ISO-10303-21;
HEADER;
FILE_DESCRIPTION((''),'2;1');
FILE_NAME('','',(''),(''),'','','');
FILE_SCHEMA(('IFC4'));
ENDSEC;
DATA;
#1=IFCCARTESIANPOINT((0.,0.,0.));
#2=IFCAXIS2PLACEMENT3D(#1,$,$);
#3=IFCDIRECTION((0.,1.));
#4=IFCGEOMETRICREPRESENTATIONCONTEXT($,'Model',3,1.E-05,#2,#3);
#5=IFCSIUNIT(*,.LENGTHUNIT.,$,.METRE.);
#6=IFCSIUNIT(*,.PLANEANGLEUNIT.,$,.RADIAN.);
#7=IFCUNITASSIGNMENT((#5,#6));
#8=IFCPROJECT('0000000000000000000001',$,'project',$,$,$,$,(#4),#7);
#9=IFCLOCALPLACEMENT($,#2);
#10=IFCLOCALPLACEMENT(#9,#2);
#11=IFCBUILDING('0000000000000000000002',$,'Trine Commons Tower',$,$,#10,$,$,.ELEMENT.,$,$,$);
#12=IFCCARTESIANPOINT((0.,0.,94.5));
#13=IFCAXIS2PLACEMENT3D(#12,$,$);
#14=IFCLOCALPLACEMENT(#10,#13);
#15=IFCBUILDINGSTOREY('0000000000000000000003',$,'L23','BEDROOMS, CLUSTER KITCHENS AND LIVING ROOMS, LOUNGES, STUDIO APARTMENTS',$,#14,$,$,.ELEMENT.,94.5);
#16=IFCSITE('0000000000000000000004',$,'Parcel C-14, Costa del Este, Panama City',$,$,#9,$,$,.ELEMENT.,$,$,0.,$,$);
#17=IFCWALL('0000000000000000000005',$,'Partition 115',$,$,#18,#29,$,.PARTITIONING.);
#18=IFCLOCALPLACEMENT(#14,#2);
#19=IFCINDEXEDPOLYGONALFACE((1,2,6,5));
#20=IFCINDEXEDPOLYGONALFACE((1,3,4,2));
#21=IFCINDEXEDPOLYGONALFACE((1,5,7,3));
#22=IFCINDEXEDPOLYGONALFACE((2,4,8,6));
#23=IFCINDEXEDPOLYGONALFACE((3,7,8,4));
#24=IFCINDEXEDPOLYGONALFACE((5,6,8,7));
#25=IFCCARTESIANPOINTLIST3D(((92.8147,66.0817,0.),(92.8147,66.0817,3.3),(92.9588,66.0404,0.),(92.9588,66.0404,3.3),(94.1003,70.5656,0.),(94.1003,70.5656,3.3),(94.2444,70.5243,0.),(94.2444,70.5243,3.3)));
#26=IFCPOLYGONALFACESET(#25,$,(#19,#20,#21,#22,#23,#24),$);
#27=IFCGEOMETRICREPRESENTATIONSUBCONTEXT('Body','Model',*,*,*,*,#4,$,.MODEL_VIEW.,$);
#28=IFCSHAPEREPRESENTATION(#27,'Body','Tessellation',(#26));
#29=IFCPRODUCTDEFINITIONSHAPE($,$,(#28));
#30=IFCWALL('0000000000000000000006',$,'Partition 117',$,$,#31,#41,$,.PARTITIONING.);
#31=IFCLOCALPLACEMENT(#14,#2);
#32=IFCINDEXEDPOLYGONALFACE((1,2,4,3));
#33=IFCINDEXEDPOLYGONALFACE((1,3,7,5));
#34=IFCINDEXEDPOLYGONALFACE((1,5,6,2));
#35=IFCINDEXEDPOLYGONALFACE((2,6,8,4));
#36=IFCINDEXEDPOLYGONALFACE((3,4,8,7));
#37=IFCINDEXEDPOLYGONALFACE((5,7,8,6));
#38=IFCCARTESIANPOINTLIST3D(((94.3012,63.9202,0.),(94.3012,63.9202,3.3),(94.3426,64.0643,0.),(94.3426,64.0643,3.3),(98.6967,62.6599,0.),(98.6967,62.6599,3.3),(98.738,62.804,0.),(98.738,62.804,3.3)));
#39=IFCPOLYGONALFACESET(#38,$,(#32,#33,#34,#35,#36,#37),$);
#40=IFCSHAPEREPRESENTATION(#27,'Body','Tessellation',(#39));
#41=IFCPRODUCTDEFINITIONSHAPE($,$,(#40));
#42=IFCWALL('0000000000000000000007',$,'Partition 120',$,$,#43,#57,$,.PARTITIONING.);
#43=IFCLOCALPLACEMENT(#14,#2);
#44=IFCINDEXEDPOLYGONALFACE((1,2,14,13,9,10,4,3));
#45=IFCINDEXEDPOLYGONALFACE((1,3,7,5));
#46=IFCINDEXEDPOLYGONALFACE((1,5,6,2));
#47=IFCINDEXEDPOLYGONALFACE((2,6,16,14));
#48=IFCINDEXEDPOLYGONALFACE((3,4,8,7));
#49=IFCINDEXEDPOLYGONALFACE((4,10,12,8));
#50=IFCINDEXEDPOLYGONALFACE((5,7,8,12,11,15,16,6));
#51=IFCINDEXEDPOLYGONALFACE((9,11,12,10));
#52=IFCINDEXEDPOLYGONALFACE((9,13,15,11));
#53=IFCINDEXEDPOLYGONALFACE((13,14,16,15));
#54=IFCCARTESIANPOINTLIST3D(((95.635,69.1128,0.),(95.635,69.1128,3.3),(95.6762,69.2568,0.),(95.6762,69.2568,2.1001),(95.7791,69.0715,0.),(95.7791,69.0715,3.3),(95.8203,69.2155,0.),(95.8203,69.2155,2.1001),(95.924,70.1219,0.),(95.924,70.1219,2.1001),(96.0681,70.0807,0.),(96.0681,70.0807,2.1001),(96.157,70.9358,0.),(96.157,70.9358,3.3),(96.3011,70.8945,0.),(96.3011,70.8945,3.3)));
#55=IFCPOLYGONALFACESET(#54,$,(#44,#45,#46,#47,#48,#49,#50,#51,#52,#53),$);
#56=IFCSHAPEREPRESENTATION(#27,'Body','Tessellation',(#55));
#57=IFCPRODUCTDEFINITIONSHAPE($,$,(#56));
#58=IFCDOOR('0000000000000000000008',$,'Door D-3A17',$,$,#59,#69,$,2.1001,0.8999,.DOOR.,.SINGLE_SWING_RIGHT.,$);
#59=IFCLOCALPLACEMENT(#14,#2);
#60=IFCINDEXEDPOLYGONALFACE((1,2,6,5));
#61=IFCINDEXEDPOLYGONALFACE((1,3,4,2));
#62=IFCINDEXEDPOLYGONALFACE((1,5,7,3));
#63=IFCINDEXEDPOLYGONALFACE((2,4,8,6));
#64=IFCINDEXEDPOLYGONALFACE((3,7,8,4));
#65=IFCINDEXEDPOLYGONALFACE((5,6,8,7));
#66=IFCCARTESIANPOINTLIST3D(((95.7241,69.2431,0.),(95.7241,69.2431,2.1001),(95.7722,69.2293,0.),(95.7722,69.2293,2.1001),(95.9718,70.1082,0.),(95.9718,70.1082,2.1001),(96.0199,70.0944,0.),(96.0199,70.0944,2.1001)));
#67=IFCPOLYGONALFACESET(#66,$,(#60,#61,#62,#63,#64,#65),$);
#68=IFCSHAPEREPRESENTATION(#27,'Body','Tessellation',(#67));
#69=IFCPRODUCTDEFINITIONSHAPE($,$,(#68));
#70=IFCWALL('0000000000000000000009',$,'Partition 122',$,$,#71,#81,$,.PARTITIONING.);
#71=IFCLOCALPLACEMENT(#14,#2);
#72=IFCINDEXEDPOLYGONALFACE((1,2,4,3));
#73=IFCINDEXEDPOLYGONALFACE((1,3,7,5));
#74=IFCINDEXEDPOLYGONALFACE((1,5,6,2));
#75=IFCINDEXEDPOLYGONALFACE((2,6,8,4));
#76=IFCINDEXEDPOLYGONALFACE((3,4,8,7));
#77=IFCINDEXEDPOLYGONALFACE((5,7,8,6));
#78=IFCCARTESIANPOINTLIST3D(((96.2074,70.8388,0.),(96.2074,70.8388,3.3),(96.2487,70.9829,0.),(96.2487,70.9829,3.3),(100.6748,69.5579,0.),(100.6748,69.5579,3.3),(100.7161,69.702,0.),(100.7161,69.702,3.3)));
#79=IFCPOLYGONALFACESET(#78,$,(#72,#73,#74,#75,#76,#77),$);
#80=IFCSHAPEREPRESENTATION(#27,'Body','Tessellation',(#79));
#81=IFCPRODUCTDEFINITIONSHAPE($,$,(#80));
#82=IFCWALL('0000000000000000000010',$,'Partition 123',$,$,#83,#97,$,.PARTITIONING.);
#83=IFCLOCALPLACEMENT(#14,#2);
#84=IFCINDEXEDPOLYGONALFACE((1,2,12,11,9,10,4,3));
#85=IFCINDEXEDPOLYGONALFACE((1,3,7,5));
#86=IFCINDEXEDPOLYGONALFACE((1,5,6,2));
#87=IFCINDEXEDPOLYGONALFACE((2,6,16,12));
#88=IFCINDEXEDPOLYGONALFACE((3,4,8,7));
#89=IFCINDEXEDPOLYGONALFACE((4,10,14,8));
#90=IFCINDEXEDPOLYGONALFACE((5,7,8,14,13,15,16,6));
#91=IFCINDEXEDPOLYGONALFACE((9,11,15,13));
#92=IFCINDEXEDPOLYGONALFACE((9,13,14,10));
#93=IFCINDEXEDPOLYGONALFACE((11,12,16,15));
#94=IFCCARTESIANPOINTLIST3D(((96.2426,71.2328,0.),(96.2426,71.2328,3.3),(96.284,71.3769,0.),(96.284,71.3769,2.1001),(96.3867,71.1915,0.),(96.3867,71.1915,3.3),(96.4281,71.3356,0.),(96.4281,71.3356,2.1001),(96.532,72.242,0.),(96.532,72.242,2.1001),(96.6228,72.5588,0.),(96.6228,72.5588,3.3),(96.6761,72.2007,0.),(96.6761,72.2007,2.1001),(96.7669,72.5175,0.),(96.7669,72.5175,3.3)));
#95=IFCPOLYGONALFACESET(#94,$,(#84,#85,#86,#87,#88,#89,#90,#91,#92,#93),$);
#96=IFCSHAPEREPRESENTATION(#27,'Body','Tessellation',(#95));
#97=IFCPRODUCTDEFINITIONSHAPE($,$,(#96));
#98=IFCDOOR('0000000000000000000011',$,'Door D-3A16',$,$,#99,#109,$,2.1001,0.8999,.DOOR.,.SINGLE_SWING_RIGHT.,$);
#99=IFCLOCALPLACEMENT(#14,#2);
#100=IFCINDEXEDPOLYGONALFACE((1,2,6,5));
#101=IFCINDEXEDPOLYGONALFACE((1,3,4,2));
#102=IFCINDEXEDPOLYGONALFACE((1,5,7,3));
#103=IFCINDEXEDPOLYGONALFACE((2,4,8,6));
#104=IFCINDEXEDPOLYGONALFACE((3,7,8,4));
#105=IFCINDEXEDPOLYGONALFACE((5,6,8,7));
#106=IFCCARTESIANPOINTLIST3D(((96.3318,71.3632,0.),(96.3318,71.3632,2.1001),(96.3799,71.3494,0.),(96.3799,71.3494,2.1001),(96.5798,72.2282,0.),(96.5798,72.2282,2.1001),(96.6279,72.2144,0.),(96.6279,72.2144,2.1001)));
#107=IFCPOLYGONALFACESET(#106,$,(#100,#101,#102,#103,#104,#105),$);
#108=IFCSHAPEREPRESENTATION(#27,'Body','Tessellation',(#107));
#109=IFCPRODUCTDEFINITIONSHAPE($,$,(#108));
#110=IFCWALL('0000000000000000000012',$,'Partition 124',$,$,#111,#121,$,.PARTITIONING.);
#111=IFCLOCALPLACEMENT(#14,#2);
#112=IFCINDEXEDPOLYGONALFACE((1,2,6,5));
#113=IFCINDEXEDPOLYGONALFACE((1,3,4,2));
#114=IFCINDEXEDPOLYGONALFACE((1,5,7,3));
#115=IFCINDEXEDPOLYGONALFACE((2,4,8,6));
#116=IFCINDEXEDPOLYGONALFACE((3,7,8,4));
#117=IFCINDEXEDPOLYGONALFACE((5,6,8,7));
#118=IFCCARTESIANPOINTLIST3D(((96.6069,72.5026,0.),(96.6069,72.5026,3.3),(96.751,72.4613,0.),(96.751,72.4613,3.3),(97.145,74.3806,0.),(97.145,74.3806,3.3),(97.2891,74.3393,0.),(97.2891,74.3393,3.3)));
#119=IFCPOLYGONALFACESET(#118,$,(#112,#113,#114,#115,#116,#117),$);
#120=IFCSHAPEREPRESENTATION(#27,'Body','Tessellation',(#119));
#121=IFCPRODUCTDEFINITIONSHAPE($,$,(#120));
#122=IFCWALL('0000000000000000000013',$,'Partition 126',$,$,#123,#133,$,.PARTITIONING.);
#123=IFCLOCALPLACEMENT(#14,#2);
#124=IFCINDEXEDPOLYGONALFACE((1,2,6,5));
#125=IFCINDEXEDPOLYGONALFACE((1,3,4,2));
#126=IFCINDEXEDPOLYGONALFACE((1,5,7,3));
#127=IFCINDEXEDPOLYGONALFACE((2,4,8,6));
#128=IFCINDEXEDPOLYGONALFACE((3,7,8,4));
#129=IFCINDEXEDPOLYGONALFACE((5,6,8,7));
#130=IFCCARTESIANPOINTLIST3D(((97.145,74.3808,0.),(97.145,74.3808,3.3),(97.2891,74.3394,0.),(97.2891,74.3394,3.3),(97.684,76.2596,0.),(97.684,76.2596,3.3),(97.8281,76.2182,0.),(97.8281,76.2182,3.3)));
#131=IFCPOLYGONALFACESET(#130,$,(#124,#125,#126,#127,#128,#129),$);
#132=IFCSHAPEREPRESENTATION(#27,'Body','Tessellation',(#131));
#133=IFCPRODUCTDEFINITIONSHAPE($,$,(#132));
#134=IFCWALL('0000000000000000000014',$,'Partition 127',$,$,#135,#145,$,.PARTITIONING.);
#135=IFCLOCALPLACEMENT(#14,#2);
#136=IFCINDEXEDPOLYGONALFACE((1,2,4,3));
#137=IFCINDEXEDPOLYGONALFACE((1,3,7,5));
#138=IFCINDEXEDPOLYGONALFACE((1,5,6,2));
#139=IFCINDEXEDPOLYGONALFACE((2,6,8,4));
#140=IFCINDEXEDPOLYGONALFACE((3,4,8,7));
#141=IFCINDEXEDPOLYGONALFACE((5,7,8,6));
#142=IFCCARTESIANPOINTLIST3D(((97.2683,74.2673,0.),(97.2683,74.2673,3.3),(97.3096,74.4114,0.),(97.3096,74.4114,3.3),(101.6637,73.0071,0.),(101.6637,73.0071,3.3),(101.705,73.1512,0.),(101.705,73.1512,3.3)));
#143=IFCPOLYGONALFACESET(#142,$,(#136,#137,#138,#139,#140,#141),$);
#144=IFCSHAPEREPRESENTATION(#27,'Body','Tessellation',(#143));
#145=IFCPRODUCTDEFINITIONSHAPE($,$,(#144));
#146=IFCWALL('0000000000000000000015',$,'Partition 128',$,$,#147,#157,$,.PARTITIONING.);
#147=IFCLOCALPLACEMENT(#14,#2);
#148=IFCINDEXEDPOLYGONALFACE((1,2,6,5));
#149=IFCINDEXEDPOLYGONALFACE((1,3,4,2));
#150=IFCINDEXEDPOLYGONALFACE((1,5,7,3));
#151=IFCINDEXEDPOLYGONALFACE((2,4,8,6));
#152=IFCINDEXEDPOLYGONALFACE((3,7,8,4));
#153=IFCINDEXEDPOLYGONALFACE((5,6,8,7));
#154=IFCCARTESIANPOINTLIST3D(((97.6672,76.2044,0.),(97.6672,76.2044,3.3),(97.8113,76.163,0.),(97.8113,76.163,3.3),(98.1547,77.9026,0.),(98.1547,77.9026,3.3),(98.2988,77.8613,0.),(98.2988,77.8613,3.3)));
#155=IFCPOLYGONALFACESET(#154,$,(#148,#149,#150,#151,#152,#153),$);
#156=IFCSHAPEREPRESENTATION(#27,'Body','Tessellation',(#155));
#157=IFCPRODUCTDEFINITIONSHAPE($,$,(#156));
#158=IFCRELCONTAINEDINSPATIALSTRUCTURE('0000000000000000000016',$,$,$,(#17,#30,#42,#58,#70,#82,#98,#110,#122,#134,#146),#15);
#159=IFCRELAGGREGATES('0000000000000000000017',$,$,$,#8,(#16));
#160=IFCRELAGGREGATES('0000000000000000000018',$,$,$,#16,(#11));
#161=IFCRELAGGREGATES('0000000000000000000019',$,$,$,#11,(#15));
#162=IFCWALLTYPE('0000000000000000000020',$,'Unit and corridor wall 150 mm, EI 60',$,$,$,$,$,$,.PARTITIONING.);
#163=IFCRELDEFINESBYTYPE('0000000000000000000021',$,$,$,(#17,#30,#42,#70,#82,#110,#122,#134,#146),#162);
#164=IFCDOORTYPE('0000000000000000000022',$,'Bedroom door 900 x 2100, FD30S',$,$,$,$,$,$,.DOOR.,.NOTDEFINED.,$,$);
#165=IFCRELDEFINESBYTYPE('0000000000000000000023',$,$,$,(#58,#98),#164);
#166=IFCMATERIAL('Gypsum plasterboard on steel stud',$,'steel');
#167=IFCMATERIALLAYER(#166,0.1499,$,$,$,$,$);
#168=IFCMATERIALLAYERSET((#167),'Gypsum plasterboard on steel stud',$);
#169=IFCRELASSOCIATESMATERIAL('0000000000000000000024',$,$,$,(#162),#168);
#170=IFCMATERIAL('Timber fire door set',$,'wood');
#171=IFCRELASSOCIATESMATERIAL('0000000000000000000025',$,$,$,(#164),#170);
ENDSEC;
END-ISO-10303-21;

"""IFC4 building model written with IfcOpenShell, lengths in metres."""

from ifc_helpers import new_model, si_unit, direction, frame, frame_2d, origin, place, context, subcontext, project, spatial, rectangle, extrude, material, layer, layer_set, type_object, element, fill, save


model = new_model("IFC4")

# Units and contexts
model_context = context("Model", 3, precision=1e-05, world=origin(), true_north=direction((0.0, 1.0)))
body_context = subcontext(model_context, "Body", "Model", "MODEL_VIEW")
ifc_project = project(units=[si_unit("LENGTHUNIT", "METRE"), si_unit("PLANEANGLEUNIT", "RADIAN")], contexts=[model_context])

# Site, building, storey
site_placement = place(None, origin())
site = spatial("IfcSite", under=ifc_project, at=site_placement, Name="Parcel C-14, Costa del Este, Panama City", CompositionType="ELEMENT", RefElevation=0.0)
building_placement = place(site_placement, origin())
building = spatial("IfcBuilding", under=site, at=building_placement, Name="Trine Commons Tower", CompositionType="ELEMENT")
storey_placement = place(building_placement, frame((0.0, 0.0, 94.5)))
storey = spatial("IfcBuildingStorey", under=building, at=storey_placement, Name="L23", Description="BEDROOMS, CLUSTER KITCHENS AND LIVING ROOMS, LOUNGES, STUDIO APARTMENTS", CompositionType="ELEMENT", Elevation=94.5)

# Walls
ifc_material_1 = material(Name="Gypsum plasterboard on steel stud", Category="steel")
ifc_layer_1 = layer(ifc_material_1, 0.1499)
ifc_layer_set_1 = layer_set([ifc_layer_1], Name="Gypsum plasterboard on steel stud")
wall_type_1 = type_object("IfcWallType", Name="Unit and corridor wall 150 mm, EI 60", PredefinedType="PARTITIONING", material=ifc_layer_set_1)
wall_1_placement = place(storey_placement, frame((92.8867, 66.061, 0.0), z_axis=(0.0, 0.0, 1.0), x_axis=(0.27562, 0.961267, 0.0)))
element("IfcWall", 1, at=wall_1_placement, inside=storey, type_object=wall_type_1, Name="Partition 115", PredefinedType="PARTITIONING", context=body_context, shape_type="SweptSolid", body=[
    extrude(rectangle(XDim=4.6646, YDim=0.1499, at=frame_2d((2.3323, 0.0))), origin(), (0.0, 0.0, 1.0), 3.3),
])
wall_2_placement = place(storey_placement, frame((94.322, 63.9922, 0.0), z_axis=(0.0, 0.0, 1.0), x_axis=(0.96127, -0.27561, 0.0)))
element("IfcWall", 2, at=wall_2_placement, inside=storey, type_object=wall_type_1, Name="Partition 117", PredefinedType="PARTITIONING", context=body_context, shape_type="SweptSolid", body=[
    extrude(rectangle(XDim=4.5725, YDim=0.1499, at=frame_2d((2.2861, 0.0))), origin(), (0.0, 0.0, 1.0), 3.3),
])

# Wall, opening, door
wall_3_placement = place(storey_placement, frame((95.707, 69.092, 0.0), z_axis=(0.0, 0.0, 1.0), x_axis=(0.275265, 0.961368, 0.0)))
wall_3 = element("IfcWall", 3, at=wall_3_placement, inside=storey, type_object=wall_type_1, Name="Partition 120", PredefinedType="PARTITIONING", context=body_context, shape_type="SweptSolid", body=[
    extrude(rectangle(XDim=1.8962, YDim=0.1499, at=frame_2d((0.9482, 0.0))), origin(), (0.0, 0.0, 1.0), 3.3),
])
opening_1_placement = place(wall_3_placement, frame((0.1499, 0.0, 0.0)))
opening_1 = element("IfcOpeningElement", 4, at=opening_1_placement, cuts=wall_3, PredefinedType="OPENING", context=body_context, shape_type="SweptSolid", body=[
    extrude(rectangle(XDim=0.8999, YDim=2.1001, at=frame_2d((0.45, 1.05))), frame((0.0, 0.085, 0.0), z_axis=(0.0, -1.0, 0.0), x_axis=(1.0, 0.0, 0.0)), (0.0, 0.0, 1.0), 0.1699),
])
ifc_material_2 = material(Name="Timber fire door set", Category="wood")
door_type_1 = type_object("IfcDoorType", Name="Bedroom door 900 x 2100, FD30S", OperationType="NOTDEFINED", PredefinedType="DOOR", material=ifc_material_2)
door_1_placement = place(opening_1_placement, frame((0.8999, 0.0, 0.0), z_axis=(0.0, 0.0, 1.0), x_axis=(-1.0, 0.0, 0.0)))
door_1 = element("IfcDoor", 5, at=door_1_placement, inside=storey, type_object=door_type_1, Name="Door D-3A17", OperationType="SINGLE_SWING_RIGHT", OverallHeight=2.1001, OverallWidth=0.8999, PredefinedType="DOOR", context=body_context, shape_type="SweptSolid", body=[
    extrude(rectangle(XDim=0.8999, YDim=2.1001, at=frame_2d((0.45, 1.05))), frame((0.0, 0.0249, 0.0), z_axis=(0.0, -1.0, 0.0), x_axis=(1.0, 0.0, 0.0)), (0.0, 0.0, 1.0), 0.05),
])
fill(opening_1, door_1)

# Wall
wall_4_placement = place(storey_placement, frame((96.228, 70.9109, 0.0), z_axis=(0.0, 0.0, 1.0), x_axis=(0.961264, -0.27563, 0.0)))
element("IfcWall", 6, at=wall_4_placement, inside=storey, type_object=wall_type_1, Name="Partition 122", PredefinedType="PARTITIONING", context=body_context, shape_type="SweptSolid", body=[
    extrude(rectangle(XDim=4.6475, YDim=0.1499, at=frame_2d((2.3237, 0.0))), origin(), (0.0, 0.0, 1.0), 3.3),
])

# Wall, opening, door
wall_5_placement = place(storey_placement, frame((96.3147, 71.2122, 0.0), z_axis=(0.0, 0.0, 1.0), x_axis=(0.275586, 0.961276, 0.0)))
wall_5 = element("IfcWall", 7, at=wall_5_placement, inside=storey, type_object=wall_type_1, Name="Partition 123", PredefinedType="PARTITIONING", context=body_context, shape_type="SweptSolid", body=[
    extrude(rectangle(XDim=1.3794, YDim=0.1499, at=frame_2d((0.6897, 0.0))), origin(), (0.0, 0.0, 1.0), 3.3),
])
opening_2_placement = place(wall_5_placement, frame((0.1499, 0.0, 0.0)))
opening_2 = element("IfcOpeningElement", 8, at=opening_2_placement, cuts=wall_5, PredefinedType="OPENING", context=body_context, shape_type="SweptSolid", body=[
    extrude(rectangle(XDim=0.8999, YDim=2.1001, at=frame_2d((0.45, 1.05))), frame((0.0, 0.085, 0.0), z_axis=(0.0, -1.0, 0.0), x_axis=(1.0, 0.0, 0.0)), (0.0, 0.0, 1.0), 0.1699),
])
door_2_placement = place(opening_2_placement, frame((0.8999, 0.0, 0.0), z_axis=(0.0, 0.0, 1.0), x_axis=(-1.0, 0.0, 0.0)))
door_2 = element("IfcDoor", 9, at=door_2_placement, inside=storey, type_object=door_type_1, Name="Door D-3A16", OperationType="SINGLE_SWING_RIGHT", OverallHeight=2.1001, OverallWidth=0.8999, PredefinedType="DOOR", context=body_context, shape_type="SweptSolid", body=[
    extrude(rectangle(XDim=0.8999, YDim=2.1001, at=frame_2d((0.45, 1.05))), frame((0.0, 0.0249, 0.0), z_axis=(0.0, -1.0, 0.0), x_axis=(1.0, 0.0, 0.0)), (0.0, 0.0, 1.0), 0.05),
])
fill(opening_2, door_2)

# Walls
wall_6_placement = place(storey_placement, frame((96.679, 72.4819, 0.0), z_axis=(0.0, 0.0, 1.0), x_axis=(0.275414, 0.961326, 0.0)))
element("IfcWall", 10, at=wall_6_placement, inside=storey, type_object=wall_type_1, Name="Partition 124", PredefinedType="PARTITIONING", context=body_context, shape_type="SweptSolid", body=[
    extrude(rectangle(XDim=1.9536, YDim=0.1499, at=frame_2d((0.9768, 0.0))), origin(), (0.0, 0.0, 1.0), 3.3),
])
wall_7_placement = place(storey_placement, frame((97.217, 74.3601, 0.0), z_axis=(0.0, 0.0, 1.0), x_axis=(0.275777, 0.961222, 0.0)))
element("IfcWall", 11, at=wall_7_placement, inside=storey, type_object=wall_type_1, Name="Partition 126", PredefinedType="PARTITIONING", context=body_context, shape_type="SweptSolid", body=[
    extrude(rectangle(XDim=1.9546, YDim=0.1499, at=frame_2d((0.9773, 0.0))), origin(), (0.0, 0.0, 1.0), 3.3),
])
wall_8_placement = place(storey_placement, frame((97.2891, 74.3394, 0.0), z_axis=(0.0, 0.0, 1.0), x_axis=(0.96127, -0.27561, 0.0)))
element("IfcWall", 12, at=wall_8_placement, inside=storey, type_object=wall_type_1, Name="Partition 127", PredefinedType="PARTITIONING", context=body_context, shape_type="SweptSolid", body=[
    extrude(rectangle(XDim=4.5725, YDim=0.1499, at=frame_2d((2.2861, 0.0))), origin(), (0.0, 0.0, 1.0), 3.3),
])
wall_9_placement = place(storey_placement, frame((97.7393, 76.1838, 0.0), z_axis=(0.0, 0.0, 1.0), x_axis=(0.275944, 0.961174, 0.0)))
element("IfcWall", 13, at=wall_9_placement, inside=storey, type_object=wall_type_1, Name="Partition 128", PredefinedType="PARTITIONING", context=body_context, shape_type="SweptSolid", body=[
    extrude(rectangle(XDim=1.7668, YDim=0.1499, at=frame_2d((0.8833, 0.0))), origin(), (0.0, 0.0, 1.0), 3.3),
])

save(model, "model.ifc")
